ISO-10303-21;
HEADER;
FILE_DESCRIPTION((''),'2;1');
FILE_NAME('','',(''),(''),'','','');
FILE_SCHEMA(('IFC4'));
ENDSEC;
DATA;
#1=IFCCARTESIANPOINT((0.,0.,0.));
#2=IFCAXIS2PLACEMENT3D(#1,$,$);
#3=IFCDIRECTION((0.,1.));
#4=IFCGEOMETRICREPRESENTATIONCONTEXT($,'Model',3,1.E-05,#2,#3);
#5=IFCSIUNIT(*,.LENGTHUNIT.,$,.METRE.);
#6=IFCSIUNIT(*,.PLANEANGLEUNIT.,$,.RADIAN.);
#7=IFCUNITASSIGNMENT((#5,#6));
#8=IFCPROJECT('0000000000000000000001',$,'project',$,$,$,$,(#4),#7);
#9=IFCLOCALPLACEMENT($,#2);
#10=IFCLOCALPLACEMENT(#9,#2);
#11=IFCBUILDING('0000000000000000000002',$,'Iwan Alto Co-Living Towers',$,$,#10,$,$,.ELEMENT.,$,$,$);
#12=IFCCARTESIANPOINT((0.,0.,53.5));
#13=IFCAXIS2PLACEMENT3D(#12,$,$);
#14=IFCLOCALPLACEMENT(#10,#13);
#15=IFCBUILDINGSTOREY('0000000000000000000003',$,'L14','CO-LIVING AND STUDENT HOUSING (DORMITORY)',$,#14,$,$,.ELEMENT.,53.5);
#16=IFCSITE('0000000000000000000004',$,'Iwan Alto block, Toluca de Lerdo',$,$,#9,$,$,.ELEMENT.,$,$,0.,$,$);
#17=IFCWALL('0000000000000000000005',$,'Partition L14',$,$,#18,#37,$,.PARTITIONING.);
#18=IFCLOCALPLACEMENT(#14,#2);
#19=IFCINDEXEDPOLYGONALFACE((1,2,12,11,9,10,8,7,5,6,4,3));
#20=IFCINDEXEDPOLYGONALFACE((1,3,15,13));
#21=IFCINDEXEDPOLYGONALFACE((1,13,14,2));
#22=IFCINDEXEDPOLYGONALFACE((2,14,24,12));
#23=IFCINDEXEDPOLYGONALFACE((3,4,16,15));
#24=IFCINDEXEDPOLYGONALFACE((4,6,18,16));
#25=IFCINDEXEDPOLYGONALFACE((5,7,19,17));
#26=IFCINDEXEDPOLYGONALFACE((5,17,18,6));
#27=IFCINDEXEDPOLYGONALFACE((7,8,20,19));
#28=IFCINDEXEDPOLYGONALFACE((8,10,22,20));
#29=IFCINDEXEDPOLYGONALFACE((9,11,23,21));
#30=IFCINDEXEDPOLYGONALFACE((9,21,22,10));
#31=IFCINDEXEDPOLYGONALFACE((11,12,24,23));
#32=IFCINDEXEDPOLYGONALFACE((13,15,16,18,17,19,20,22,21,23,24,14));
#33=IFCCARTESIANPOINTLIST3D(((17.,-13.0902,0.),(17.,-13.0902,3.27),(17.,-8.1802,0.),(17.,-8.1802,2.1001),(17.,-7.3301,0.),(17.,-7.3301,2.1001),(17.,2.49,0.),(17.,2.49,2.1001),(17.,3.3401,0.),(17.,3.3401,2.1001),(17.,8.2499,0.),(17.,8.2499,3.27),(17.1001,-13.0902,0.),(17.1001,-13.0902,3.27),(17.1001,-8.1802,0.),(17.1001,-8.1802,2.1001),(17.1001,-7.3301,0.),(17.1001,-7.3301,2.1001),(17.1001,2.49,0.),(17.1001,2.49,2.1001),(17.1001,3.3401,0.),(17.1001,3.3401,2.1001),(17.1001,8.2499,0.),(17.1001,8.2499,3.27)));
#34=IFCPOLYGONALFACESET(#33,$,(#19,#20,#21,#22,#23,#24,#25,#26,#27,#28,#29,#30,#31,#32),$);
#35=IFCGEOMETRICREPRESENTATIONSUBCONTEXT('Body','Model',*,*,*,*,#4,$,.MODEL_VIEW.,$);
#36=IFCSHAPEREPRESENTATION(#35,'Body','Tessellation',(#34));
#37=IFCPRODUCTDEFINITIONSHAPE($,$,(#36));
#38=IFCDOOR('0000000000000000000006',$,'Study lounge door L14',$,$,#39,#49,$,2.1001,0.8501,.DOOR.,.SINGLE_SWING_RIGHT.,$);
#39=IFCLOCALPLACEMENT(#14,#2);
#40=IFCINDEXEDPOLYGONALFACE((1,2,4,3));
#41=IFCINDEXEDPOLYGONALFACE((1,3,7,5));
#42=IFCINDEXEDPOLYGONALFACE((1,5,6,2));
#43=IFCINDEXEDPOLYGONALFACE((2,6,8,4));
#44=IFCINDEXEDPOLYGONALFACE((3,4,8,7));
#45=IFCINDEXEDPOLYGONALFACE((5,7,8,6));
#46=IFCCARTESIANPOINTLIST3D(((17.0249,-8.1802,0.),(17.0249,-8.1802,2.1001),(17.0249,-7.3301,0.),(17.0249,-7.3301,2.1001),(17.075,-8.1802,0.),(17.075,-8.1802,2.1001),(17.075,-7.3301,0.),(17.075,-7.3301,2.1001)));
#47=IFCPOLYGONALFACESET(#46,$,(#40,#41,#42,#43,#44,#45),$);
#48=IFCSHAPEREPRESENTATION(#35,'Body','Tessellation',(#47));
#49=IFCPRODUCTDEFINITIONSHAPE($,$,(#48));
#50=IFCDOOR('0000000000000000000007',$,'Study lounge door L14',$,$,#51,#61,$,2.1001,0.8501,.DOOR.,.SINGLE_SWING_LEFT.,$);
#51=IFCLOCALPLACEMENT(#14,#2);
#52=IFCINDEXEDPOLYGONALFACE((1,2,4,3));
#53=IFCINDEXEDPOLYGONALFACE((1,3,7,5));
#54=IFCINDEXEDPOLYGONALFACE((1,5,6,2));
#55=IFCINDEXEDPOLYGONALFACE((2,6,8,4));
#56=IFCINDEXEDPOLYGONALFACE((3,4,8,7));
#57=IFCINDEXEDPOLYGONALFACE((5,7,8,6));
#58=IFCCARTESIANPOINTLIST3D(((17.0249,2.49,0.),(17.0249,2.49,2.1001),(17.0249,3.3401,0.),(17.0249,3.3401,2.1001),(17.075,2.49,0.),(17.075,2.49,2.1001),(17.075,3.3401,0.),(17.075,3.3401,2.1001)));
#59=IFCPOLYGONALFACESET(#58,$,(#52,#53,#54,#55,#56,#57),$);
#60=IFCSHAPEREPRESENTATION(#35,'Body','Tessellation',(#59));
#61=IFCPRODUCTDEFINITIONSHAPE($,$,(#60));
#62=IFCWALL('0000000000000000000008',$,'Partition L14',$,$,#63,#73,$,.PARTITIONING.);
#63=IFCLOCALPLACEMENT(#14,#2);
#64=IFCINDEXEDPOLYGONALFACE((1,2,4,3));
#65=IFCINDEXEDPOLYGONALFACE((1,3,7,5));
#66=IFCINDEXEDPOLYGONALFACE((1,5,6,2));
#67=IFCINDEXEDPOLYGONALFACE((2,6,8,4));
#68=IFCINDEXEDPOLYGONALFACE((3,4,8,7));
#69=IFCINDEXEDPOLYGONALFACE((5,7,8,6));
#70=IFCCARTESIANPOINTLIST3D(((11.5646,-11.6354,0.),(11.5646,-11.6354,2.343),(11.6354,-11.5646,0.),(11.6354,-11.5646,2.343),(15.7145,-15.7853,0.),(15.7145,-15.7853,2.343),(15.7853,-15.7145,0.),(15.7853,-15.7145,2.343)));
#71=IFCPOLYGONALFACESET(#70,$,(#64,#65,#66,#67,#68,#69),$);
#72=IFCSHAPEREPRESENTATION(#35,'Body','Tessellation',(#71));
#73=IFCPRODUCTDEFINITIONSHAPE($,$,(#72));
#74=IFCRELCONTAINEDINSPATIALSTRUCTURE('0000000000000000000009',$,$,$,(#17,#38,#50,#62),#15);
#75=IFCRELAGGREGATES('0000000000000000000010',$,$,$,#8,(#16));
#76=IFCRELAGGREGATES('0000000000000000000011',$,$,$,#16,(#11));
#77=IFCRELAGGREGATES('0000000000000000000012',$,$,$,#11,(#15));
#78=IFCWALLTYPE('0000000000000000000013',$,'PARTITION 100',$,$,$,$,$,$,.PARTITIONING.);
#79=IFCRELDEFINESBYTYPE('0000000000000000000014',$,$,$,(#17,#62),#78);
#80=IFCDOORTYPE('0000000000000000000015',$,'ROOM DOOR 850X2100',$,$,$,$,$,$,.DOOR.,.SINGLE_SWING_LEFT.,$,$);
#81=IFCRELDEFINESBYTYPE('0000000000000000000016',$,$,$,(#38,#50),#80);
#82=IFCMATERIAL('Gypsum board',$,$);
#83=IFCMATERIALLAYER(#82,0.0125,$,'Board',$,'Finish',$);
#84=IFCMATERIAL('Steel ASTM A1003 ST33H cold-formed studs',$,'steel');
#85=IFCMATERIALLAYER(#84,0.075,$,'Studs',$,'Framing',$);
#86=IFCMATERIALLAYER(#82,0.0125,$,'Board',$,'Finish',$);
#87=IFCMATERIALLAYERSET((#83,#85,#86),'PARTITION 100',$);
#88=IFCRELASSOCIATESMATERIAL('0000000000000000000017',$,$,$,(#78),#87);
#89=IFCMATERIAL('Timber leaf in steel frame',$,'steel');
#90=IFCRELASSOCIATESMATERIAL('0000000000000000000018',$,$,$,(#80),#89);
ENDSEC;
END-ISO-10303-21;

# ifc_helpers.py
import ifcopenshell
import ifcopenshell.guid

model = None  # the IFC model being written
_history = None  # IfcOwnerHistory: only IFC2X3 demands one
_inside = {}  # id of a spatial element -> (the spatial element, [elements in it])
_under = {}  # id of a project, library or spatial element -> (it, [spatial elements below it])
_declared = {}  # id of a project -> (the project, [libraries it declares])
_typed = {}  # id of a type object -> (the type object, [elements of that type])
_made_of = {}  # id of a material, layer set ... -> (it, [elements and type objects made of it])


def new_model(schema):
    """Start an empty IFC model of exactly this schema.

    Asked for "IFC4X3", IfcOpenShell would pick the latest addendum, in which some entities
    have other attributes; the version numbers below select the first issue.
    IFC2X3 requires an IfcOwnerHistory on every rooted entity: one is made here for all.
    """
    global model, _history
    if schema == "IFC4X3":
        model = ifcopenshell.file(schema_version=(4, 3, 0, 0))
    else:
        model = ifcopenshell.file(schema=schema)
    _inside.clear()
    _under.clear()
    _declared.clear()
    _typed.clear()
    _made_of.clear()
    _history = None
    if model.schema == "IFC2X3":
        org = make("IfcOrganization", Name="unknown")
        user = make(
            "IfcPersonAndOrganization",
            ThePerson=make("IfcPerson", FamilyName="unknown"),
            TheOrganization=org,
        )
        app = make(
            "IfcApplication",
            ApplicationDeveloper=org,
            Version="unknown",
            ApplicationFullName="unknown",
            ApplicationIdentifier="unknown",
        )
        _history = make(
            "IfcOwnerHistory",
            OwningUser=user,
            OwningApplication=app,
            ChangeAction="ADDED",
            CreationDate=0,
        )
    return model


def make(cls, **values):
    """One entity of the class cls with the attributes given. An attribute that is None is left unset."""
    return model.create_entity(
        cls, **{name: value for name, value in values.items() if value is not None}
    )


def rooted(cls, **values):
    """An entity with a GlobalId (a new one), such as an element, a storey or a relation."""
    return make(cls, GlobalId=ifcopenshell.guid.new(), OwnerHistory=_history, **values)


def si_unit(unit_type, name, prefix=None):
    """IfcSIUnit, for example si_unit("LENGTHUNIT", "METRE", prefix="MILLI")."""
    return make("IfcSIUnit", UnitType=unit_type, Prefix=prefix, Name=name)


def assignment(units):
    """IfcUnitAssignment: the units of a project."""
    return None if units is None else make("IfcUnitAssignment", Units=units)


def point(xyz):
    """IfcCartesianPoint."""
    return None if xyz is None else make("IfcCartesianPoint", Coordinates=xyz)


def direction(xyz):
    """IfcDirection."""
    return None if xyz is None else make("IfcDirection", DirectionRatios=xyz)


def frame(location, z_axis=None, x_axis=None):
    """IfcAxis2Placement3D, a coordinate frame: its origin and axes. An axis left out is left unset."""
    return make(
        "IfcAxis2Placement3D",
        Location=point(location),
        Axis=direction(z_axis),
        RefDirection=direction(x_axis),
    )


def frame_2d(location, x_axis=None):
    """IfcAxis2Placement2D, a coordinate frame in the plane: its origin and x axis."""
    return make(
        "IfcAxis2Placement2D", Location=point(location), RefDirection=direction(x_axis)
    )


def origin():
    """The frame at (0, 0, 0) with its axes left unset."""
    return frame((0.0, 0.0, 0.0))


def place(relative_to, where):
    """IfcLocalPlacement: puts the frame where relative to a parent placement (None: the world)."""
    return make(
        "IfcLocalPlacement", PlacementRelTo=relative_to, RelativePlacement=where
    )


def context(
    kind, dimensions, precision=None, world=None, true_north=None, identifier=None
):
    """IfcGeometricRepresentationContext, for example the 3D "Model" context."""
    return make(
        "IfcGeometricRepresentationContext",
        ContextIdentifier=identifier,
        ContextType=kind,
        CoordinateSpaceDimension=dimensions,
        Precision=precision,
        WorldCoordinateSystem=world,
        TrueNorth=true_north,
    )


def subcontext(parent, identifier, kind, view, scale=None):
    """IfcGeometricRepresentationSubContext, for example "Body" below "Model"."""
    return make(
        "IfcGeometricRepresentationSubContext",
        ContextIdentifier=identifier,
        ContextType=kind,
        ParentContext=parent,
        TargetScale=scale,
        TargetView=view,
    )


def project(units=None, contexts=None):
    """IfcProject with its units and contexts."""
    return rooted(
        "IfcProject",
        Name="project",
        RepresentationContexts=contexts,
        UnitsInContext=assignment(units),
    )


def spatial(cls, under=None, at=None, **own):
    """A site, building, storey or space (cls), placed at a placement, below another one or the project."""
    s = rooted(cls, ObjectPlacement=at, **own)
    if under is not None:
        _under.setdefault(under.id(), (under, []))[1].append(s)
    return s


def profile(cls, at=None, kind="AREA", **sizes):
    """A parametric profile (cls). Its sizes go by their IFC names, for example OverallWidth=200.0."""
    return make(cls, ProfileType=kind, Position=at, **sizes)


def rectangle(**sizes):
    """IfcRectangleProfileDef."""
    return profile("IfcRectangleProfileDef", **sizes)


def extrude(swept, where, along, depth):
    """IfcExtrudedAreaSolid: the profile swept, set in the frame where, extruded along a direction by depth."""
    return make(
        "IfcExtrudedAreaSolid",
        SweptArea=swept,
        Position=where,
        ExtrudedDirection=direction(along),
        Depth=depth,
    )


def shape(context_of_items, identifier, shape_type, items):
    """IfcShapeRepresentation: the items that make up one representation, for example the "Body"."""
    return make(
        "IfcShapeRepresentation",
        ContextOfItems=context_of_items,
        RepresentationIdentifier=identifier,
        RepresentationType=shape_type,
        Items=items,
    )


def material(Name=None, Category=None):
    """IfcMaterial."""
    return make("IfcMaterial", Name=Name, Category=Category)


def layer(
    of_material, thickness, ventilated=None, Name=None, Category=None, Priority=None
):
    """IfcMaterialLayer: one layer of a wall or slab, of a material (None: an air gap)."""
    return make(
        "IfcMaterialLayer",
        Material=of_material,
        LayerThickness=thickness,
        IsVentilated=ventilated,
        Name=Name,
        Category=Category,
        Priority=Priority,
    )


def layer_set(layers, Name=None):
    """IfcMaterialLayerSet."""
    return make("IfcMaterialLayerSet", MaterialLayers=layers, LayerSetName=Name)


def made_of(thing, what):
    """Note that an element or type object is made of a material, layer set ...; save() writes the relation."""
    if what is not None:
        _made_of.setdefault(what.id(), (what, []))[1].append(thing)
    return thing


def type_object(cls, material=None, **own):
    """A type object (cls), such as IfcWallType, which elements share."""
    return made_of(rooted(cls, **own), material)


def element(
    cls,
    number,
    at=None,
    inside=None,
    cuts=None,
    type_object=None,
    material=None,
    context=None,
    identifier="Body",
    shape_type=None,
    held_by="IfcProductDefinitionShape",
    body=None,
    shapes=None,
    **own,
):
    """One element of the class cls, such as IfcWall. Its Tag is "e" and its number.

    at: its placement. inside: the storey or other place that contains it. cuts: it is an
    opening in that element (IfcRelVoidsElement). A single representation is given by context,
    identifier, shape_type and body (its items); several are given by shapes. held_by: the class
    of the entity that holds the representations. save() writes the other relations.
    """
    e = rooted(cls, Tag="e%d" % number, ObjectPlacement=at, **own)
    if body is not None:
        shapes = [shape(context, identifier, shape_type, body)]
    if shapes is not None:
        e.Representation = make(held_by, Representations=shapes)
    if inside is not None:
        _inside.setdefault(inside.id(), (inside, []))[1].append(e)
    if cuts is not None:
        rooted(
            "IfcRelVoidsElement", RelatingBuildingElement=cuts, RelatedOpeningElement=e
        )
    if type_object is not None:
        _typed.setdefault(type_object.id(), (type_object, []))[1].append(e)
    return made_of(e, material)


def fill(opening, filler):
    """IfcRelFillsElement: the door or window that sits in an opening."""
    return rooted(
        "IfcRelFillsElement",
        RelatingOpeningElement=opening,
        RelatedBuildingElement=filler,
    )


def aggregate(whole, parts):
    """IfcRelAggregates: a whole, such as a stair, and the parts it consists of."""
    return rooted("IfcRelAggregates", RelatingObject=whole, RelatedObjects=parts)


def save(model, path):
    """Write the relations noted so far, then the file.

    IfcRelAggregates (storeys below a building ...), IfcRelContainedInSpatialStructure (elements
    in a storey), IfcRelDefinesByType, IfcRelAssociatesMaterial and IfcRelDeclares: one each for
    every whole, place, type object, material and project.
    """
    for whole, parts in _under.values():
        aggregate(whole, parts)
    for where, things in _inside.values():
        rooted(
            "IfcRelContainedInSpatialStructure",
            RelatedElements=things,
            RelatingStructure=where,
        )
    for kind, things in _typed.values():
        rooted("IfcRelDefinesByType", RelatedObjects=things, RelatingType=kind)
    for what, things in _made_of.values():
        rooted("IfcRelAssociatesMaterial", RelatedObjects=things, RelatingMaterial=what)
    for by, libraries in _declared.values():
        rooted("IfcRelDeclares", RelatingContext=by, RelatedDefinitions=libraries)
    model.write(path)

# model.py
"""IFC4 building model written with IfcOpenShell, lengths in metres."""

from ifc_helpers import new_model, si_unit, direction, frame, frame_2d, origin, place, context, subcontext, project, spatial, rectangle, extrude, material, layer, layer_set, type_object, element, fill, save


model = new_model("IFC4")

# Units and contexts
model_context = context("Model", 3, precision=1e-05, world=origin(), true_north=direction((0.0, 1.0)))
body_context = subcontext(model_context, "Body", "Model", "MODEL_VIEW")
ifc_project = project(units=[si_unit("LENGTHUNIT", "METRE"), si_unit("PLANEANGLEUNIT", "RADIAN")], contexts=[model_context])

# Site, building, storey
site_placement = place(None, origin())
site = spatial("IfcSite", under=ifc_project, at=site_placement, Name="Iwan Alto block, Toluca de Lerdo", CompositionType="ELEMENT", RefElevation=0.0)
building_placement = place(site_placement, origin())
building = spatial("IfcBuilding", under=site, at=building_placement, Name="Iwan Alto Co-Living Towers", CompositionType="ELEMENT")
storey_placement = place(building_placement, frame((0.0, 0.0, 53.5)))
storey = spatial("IfcBuildingStorey", under=building, at=storey_placement, Name="L14", Description="CO-LIVING AND STUDENT HOUSING (DORMITORY)", CompositionType="ELEMENT", Elevation=53.5)

# Shared definitions
ifc_material_1 = material(Name="Gypsum board")
ifc_layer_1 = layer(ifc_material_1, 0.0125, Name="Board", Category="Finish")
ifc_material_2 = material(Name="Steel ASTM A1003 ST33H cold-formed studs", Category="steel")
ifc_layer_2 = layer(ifc_material_2, 0.075, Name="Studs", Category="Framing")
ifc_layer_3 = layer(ifc_material_1, 0.0125, Name="Board", Category="Finish")
ifc_layer_set_1 = layer_set([ifc_layer_1, ifc_layer_2, ifc_layer_3], Name="PARTITION 100")
wall_type = type_object("IfcWallType", Name="PARTITION 100", PredefinedType="PARTITIONING", material=ifc_layer_set_1)

# Wall, openings, doors
wall_1_placement = place(storey_placement, frame((17.05, -13.0901, 0.0), z_axis=(0.0, 0.0, 1.0), x_axis=(0.0, 1.0, 0.0)))
wall_1 = element("IfcWall", 1, at=wall_1_placement, inside=storey, type_object=wall_type, Name="Partition L14", PredefinedType="PARTITIONING", context=body_context, shape_type="SweptSolid", body=[
    extrude(rectangle(XDim=21.3401, YDim=0.1001, at=frame_2d((10.6699, 0.0))), origin(), (0.0, 0.0, 1.0), 3.27),
])
opening_1_placement = place(wall_1_placement, frame((4.9099, 0.0, 0.0)))
opening_1 = element("IfcOpeningElement", 2, at=opening_1_placement, cuts=wall_1, PredefinedType="OPENING", context=body_context, shape_type="SweptSolid", body=[
    extrude(rectangle(XDim=0.8501, YDim=2.1001, at=frame_2d((0.425, 1.05))), frame((0.0, 0.0601, 0.0), z_axis=(0.0, -1.0, 0.0), x_axis=(1.0, 0.0, 0.0)), (0.0, 0.0, 1.0), 0.1201),
])
opening_2_placement = place(wall_1_placement, frame((15.5801, 0.0, 0.0)))
opening_2 = element("IfcOpeningElement", 3, at=opening_2_placement, cuts=wall_1, PredefinedType="OPENING", context=body_context, shape_type="SweptSolid", body=[
    extrude(rectangle(XDim=0.8501, YDim=2.1001, at=frame_2d((0.425, 1.05))), frame((0.0, 0.0601, 0.0), z_axis=(0.0, -1.0, 0.0), x_axis=(1.0, 0.0, 0.0)), (0.0, 0.0, 1.0), 0.1201),
])
ifc_material_3 = material(Name="Timber leaf in steel frame", Category="steel")
door_type_1 = type_object("IfcDoorType", Name="ROOM DOOR 850X2100", OperationType="SINGLE_SWING_LEFT", PredefinedType="DOOR", material=ifc_material_3)
door_1_placement = place(opening_1_placement, frame((0.8501, 0.0, 0.0), z_axis=(0.0, 0.0, 1.0), x_axis=(-1.0, 0.0, 0.0)))
door_1 = element("IfcDoor", 4, at=door_1_placement, inside=storey, type_object=door_type_1, Name="Study lounge door L14", OperationType="SINGLE_SWING_RIGHT", OverallHeight=2.1001, OverallWidth=0.8501, PredefinedType="DOOR", context=body_context, shape_type="SweptSolid", body=[
    extrude(rectangle(XDim=0.8501, YDim=2.1001, at=frame_2d((0.425, 1.05))), frame((0.0, 0.0249, 0.0), z_axis=(0.0, -1.0, 0.0), x_axis=(1.0, 0.0, 0.0)), (0.0, 0.0, 1.0), 0.05),
])
fill(opening_1, door_1)
door_2_placement = place(opening_2_placement, frame((0.8501, 0.0, 0.0), z_axis=(0.0, 0.0, 1.0), x_axis=(-1.0, 0.0, 0.0)))
door_2 = element("IfcDoor", 5, at=door_2_placement, inside=storey, type_object=door_type_1, Name="Study lounge door L14", OperationType="SINGLE_SWING_LEFT", OverallHeight=2.1001, OverallWidth=0.8501, PredefinedType="DOOR", context=body_context, shape_type="SweptSolid", body=[
    extrude(rectangle(XDim=0.8501, YDim=2.1001, at=frame_2d((0.425, 1.05))), frame((0.0, 0.0249, 0.0), z_axis=(0.0, -1.0, 0.0), x_axis=(1.0, 0.0, 0.0)), (0.0, 0.0, 1.0), 0.05),
])
fill(opening_2, door_2)

# Wall
wall_2_placement = place(storey_placement, frame((15.75, -15.75, 0.0), z_axis=(0.0, 0.0, 1.0), x_axis=(-0.707107, 0.707107, 0.0)))
element("IfcWall", 6, at=wall_2_placement, inside=storey, type_object=wall_type, Name="Partition L14", PredefinedType="PARTITIONING", context=body_context, shape_type="SweptSolid", body=[
    extrude(rectangle(XDim=5.8689, YDim=0.1001, at=frame_2d((2.9346, 0.0))), origin(), (0.0, 0.0, 1.0), 2.343),
])

save(model, "model.ifc")
